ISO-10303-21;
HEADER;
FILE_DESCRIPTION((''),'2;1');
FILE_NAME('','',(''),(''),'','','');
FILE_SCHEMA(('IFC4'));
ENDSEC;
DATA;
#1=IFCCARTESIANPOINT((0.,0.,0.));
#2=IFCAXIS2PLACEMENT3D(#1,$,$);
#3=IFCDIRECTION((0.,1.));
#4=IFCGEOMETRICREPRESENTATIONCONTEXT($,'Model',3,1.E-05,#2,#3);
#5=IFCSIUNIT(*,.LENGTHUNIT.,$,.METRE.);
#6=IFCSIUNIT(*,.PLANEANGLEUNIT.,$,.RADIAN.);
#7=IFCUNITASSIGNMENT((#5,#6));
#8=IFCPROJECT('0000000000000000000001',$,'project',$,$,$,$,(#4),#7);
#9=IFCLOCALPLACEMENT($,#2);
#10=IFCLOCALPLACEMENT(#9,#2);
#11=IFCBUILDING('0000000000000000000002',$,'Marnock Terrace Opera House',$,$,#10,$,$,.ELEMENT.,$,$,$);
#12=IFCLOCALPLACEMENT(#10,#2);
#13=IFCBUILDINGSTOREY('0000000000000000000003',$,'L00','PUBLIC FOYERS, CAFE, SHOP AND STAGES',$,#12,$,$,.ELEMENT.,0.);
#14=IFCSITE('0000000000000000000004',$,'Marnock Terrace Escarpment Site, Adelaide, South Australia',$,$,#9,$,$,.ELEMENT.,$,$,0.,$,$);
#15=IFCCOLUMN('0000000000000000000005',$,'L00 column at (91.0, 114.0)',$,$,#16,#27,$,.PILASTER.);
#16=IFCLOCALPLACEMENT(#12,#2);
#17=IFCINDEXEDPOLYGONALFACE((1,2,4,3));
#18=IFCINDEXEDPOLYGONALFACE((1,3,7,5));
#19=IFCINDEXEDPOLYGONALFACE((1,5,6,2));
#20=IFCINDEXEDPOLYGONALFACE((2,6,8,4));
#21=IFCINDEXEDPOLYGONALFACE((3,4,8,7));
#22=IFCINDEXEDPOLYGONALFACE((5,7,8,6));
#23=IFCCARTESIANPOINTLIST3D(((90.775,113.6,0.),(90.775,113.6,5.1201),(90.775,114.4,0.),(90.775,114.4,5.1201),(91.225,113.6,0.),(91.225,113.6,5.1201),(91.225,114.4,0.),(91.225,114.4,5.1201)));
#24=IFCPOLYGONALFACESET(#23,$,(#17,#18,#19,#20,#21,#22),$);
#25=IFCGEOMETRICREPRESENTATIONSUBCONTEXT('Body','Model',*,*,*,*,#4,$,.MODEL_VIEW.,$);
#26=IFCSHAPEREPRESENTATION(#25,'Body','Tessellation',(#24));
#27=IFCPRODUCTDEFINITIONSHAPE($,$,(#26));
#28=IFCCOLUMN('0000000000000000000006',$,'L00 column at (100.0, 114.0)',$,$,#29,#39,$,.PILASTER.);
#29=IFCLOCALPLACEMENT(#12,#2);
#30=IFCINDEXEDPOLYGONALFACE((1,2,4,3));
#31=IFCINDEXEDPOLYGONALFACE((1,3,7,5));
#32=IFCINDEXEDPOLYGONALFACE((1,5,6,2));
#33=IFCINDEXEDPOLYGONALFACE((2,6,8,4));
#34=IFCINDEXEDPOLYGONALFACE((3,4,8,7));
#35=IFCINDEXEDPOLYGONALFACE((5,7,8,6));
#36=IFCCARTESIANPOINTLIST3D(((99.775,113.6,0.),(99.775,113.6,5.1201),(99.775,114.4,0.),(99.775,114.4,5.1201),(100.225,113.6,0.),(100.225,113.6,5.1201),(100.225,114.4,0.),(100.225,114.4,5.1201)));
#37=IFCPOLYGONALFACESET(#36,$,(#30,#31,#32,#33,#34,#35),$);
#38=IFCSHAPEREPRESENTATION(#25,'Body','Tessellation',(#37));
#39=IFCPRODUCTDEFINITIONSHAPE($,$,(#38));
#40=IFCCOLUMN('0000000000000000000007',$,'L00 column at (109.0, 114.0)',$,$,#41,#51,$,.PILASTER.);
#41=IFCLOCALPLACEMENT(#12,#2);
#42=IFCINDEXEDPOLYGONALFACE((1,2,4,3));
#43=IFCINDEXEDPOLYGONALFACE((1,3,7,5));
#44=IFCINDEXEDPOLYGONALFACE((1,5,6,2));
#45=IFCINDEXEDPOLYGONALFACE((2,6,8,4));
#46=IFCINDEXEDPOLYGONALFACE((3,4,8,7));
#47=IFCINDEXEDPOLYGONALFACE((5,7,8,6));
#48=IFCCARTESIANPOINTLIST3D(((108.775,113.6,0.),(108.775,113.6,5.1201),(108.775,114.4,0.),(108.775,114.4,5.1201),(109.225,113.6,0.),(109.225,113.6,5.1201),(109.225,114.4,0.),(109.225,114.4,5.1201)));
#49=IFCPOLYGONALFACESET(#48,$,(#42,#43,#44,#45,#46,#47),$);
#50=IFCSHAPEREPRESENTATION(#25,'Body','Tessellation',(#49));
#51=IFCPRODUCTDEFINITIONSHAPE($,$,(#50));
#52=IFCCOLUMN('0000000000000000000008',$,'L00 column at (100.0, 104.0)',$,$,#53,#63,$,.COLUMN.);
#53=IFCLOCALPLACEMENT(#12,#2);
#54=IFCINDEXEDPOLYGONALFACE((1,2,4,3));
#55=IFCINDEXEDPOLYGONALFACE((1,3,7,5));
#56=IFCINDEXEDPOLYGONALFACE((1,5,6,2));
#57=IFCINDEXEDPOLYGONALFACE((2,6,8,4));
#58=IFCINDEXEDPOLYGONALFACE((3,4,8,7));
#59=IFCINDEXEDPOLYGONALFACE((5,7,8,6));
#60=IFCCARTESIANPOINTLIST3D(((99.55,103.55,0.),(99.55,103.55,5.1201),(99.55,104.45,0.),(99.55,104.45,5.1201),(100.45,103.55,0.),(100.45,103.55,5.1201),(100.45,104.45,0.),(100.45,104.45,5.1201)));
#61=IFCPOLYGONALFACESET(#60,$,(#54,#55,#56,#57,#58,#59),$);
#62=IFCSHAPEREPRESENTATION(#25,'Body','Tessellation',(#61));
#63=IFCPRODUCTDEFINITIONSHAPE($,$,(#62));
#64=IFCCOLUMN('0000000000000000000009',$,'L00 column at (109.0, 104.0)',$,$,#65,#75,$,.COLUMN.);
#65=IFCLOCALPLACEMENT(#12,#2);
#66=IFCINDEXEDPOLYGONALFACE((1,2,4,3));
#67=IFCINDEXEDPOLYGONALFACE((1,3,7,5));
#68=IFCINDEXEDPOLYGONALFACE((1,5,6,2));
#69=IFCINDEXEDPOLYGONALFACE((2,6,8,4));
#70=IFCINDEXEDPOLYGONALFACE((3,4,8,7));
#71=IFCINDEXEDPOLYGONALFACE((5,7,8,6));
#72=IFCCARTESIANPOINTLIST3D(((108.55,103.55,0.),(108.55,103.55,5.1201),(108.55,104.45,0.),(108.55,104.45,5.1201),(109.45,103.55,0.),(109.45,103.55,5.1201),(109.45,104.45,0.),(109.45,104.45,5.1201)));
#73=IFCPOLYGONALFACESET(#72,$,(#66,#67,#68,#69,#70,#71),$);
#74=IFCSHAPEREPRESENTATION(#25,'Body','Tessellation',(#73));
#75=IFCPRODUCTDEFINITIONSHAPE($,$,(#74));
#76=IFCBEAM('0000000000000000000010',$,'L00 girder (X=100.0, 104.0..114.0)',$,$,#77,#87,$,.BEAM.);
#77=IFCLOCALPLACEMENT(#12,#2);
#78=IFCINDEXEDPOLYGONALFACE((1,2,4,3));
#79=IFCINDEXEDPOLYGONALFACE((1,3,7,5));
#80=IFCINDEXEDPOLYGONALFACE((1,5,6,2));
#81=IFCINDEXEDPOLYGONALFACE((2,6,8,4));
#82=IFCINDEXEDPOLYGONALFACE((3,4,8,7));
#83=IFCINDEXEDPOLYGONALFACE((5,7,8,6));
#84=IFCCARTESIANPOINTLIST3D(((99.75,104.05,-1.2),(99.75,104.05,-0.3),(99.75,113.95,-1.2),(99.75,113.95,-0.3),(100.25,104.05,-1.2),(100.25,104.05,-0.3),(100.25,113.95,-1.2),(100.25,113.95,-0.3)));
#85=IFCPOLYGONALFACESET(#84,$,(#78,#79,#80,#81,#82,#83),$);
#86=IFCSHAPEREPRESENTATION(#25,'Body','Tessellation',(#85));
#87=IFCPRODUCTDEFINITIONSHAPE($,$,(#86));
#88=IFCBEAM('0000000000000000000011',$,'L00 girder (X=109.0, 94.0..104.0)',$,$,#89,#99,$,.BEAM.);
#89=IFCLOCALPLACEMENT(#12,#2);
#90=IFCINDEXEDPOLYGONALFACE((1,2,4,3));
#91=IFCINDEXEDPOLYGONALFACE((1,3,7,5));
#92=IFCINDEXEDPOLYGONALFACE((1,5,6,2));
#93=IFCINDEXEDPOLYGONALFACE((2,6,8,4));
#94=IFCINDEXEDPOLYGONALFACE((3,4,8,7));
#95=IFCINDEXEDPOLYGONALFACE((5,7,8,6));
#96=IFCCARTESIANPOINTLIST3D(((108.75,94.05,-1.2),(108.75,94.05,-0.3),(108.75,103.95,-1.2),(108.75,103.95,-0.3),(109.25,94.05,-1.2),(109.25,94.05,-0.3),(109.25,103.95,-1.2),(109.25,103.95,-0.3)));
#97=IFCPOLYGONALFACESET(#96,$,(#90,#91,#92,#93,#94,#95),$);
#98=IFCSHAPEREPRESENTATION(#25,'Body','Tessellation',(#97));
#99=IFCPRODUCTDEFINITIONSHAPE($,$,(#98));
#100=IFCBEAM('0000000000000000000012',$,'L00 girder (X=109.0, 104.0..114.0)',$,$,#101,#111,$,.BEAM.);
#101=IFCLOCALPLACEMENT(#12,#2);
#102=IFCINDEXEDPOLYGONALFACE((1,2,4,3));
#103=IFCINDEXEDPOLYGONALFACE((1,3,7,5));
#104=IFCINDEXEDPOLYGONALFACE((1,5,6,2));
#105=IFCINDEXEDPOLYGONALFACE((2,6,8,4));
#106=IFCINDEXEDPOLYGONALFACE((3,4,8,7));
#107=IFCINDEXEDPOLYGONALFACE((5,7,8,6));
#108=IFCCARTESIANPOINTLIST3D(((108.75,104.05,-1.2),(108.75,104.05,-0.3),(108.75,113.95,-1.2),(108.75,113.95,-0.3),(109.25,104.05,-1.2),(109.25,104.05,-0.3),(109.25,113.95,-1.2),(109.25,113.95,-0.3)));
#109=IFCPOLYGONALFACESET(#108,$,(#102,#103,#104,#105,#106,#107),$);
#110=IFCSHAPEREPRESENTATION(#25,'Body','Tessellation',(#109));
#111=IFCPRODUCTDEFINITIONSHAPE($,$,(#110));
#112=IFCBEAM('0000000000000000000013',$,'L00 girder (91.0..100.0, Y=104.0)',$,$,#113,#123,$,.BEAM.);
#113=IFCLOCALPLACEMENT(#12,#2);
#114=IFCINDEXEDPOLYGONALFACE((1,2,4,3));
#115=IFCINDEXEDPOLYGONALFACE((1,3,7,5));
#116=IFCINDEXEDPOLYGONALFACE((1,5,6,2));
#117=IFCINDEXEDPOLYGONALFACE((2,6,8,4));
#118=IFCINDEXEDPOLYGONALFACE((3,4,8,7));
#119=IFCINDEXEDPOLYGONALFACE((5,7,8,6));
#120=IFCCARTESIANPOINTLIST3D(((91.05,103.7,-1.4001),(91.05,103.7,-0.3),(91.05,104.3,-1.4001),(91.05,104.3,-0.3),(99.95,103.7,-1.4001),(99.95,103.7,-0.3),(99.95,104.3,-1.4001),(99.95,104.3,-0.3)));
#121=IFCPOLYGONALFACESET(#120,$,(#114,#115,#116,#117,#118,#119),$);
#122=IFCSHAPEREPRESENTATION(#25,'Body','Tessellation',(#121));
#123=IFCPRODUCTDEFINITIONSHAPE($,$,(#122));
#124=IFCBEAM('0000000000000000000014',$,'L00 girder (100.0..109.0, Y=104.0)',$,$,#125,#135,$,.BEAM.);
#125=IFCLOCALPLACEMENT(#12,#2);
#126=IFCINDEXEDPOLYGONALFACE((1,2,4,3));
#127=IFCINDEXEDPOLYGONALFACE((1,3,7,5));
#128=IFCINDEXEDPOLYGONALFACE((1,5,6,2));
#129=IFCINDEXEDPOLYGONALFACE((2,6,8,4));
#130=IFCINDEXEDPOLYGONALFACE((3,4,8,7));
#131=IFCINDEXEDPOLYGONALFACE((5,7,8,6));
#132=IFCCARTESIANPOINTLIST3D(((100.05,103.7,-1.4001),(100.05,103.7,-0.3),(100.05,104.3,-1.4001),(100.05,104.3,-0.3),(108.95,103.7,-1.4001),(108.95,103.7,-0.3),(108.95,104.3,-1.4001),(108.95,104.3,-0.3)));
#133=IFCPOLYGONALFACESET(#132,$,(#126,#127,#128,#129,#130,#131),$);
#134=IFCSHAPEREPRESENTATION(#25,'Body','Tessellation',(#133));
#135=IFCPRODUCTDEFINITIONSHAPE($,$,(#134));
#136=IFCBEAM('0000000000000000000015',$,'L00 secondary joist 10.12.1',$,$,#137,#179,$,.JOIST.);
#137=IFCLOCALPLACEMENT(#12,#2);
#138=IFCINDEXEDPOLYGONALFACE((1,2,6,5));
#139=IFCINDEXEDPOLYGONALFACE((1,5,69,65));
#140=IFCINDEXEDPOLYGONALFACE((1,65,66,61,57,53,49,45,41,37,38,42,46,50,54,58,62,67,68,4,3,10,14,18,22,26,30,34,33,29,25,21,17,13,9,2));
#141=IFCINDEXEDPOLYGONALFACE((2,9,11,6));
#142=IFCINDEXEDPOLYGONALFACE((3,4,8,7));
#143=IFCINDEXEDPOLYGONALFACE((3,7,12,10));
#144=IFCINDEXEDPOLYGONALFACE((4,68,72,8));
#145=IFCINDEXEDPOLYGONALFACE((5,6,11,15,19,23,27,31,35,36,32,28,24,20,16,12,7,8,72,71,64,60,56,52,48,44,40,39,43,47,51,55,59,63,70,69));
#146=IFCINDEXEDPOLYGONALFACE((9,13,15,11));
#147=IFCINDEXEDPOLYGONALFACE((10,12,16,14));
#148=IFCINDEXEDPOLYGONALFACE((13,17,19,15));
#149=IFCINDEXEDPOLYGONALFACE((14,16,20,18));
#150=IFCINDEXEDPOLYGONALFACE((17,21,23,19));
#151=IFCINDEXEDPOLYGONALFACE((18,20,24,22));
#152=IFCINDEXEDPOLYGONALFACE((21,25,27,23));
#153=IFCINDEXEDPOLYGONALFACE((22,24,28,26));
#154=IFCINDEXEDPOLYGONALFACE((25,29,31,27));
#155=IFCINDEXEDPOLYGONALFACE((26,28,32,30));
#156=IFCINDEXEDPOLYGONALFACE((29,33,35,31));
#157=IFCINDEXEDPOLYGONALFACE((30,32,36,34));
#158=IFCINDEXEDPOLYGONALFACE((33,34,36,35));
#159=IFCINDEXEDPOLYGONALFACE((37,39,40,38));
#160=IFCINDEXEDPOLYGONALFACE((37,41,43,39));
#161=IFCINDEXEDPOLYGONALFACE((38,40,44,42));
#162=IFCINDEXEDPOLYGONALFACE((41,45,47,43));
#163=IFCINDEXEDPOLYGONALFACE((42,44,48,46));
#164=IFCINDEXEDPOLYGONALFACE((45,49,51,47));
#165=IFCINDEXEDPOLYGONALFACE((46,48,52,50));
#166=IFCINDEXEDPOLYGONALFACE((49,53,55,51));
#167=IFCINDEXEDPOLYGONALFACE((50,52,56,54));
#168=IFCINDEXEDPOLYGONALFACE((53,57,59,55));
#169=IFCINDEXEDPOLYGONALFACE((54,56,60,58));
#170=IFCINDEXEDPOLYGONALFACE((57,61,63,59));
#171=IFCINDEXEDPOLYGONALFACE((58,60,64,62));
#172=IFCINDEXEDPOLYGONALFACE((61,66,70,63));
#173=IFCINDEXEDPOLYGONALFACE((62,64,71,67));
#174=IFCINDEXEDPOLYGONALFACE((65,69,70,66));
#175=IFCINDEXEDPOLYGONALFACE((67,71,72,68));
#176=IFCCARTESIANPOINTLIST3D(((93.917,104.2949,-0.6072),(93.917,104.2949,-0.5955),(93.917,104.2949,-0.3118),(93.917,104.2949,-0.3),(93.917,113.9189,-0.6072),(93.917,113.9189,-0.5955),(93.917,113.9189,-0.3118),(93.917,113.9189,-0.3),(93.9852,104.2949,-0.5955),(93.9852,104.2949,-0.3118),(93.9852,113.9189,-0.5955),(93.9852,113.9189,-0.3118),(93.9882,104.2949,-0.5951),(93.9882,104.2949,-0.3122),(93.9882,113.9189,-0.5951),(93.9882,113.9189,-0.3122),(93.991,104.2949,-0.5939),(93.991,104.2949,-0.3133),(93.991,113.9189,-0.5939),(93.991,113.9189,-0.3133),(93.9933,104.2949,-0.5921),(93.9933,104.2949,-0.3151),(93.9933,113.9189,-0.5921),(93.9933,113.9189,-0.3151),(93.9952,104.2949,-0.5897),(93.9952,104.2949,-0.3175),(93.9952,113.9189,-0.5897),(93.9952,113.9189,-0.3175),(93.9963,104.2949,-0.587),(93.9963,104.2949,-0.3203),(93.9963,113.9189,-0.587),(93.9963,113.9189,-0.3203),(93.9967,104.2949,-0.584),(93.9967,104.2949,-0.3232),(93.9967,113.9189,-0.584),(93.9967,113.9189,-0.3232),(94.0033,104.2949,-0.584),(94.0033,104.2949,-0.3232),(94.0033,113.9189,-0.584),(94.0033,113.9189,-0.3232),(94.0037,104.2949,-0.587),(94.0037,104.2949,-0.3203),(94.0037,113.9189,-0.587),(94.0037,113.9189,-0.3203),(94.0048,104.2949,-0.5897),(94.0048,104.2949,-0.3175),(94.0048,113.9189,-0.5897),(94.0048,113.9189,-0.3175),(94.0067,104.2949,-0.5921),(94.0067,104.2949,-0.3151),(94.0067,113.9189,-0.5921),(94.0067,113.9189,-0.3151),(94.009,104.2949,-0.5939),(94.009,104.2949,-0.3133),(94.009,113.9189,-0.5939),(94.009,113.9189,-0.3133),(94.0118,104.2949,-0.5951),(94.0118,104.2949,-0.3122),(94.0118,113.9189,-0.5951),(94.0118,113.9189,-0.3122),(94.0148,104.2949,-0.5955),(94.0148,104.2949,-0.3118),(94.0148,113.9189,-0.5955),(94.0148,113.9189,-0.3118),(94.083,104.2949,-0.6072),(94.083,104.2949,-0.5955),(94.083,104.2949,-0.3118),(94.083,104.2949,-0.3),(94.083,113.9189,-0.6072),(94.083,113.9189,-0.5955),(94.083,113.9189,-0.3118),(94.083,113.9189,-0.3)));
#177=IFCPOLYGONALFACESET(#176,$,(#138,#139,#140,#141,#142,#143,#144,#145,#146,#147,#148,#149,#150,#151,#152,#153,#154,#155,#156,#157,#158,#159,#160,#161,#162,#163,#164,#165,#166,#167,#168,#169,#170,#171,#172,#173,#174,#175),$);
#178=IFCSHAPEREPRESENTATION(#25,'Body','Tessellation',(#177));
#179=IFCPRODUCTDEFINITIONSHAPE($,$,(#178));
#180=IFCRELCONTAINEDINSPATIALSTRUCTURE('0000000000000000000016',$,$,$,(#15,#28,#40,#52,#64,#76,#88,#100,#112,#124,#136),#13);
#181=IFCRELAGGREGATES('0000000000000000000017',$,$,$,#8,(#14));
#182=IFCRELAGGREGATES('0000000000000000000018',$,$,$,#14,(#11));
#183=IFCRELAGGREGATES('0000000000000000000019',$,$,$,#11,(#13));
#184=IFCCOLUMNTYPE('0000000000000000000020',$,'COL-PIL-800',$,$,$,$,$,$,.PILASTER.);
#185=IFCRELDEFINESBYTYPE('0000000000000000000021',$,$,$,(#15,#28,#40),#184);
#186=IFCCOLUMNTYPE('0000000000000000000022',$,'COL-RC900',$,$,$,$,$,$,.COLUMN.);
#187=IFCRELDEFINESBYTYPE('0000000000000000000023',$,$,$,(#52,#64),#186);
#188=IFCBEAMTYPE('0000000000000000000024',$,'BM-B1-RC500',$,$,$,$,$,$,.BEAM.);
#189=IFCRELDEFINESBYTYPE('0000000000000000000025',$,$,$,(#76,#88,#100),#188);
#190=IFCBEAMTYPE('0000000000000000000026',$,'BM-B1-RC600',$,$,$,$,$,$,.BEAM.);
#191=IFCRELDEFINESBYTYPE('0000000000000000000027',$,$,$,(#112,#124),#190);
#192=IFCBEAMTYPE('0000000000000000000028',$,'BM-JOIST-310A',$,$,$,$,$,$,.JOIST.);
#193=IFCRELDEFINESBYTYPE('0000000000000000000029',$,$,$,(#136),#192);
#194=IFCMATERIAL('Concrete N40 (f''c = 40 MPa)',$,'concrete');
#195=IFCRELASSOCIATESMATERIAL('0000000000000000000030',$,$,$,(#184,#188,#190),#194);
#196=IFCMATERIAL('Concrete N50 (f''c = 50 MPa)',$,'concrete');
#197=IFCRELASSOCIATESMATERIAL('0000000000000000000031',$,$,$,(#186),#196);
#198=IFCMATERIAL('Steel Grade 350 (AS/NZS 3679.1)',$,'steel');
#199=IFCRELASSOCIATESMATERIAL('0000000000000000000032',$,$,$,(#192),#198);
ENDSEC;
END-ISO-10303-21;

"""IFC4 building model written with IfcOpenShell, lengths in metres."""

from ifc_helpers import new_model, si_unit, direction, frame, origin, origin_2d, place, context, subcontext, project, spatial, rectangle, i_section, extrude, material, material_profile, profile_set, type_object, element, save


model = new_model("IFC4")

# Units and contexts
model_context = context("Model", 3, precision=1e-05, world=origin(), true_north=direction((0.0, 1.0)))
body_context = subcontext(model_context, "Body", "Model", "MODEL_VIEW")
ifc_project = project(units=[si_unit("LENGTHUNIT", "METRE"), si_unit("PLANEANGLEUNIT", "RADIAN")], contexts=[model_context])

# Site, building, storey
site_placement = place(None, origin())
site = spatial("IfcSite", under=ifc_project, at=site_placement, Name="Marnock Terrace Escarpment Site, Adelaide, South Australia", CompositionType="ELEMENT", RefElevation=0.0)
building_placement = place(site_placement, origin())
building = spatial("IfcBuilding", under=site, at=building_placement, Name="Marnock Terrace Opera House", CompositionType="ELEMENT")
storey_placement = place(building_placement, origin())
storey = spatial("IfcBuildingStorey", under=building, at=storey_placement, Name="L00", Description="PUBLIC FOYERS, CAFE, SHOP AND STAGES", CompositionType="ELEMENT", Elevation=0.0)

# Columns
ifc_material_1 = material(Name="Concrete N40 (f'c = 40 MPa)", Category="concrete")
ifc_material_profile_1 = material_profile(ifc_material_1, rectangle(XDim=0.45, YDim=0.8, at=origin_2d()))
ifc_profile_set_1 = profile_set([ifc_material_profile_1], Name="Concrete N40 (f'c = 40 MPa)")
column_type_1 = type_object("IfcColumnType", Name="COL-PIL-800", PredefinedType="PILASTER", material=ifc_profile_set_1)
for number, where, z_axis, x_axis, name in (
    (1, (91.0, 114.0, 0.0), (0.0, 0.0, 1.0), (1.0, 0.0, 0.0), "L00 column at (91.0, 114.0)"),
    (2, (100.0, 114.0, 0.0), (0.0, 0.0, 1.0), (1.0, 0.0, 0.0), "L00 column at (100.0, 114.0)"),
    (3, (109.0, 114.0, 0.0), (0.0, 0.0, 1.0), (1.0, 0.0, 0.0), "L00 column at (109.0, 114.0)"),
):
    element("IfcColumn", number, at=place(storey_placement, frame(where, z_axis=z_axis, x_axis=x_axis)), inside=storey, type_object=column_type_1, Name=name, PredefinedType="PILASTER", context=body_context, shape_type="SweptSolid", body=[
        extrude(rectangle(XDim=0.45, YDim=0.8, at=origin_2d()), origin(), (0.0, 0.0, 1.0), 5.1201),
    ])
ifc_material_2 = material(Name="Concrete N50 (f'c = 50 MPa)", Category="concrete")
ifc_material_profile_2 = material_profile(ifc_material_2, rectangle(XDim=0.8999, YDim=0.8999, at=origin_2d()))
ifc_profile_set_2 = profile_set([ifc_material_profile_2], Name="Concrete N50 (f'c = 50 MPa)")
column_type_2 = type_object("IfcColumnType", Name="COL-RC900", PredefinedType="COLUMN", material=ifc_profile_set_2)
for number, where, z_axis, x_axis, name in (
    (4, (100.0, 104.0, 0.0), (0.0, 0.0, 1.0), (1.0, 0.0, 0.0), "L00 column at (100.0, 104.0)"),
    (5, (109.0, 104.0, 0.0), (0.0, 0.0, 1.0), (1.0, 0.0, 0.0), "L00 column at (109.0, 104.0)"),
):
    element("IfcColumn", number, at=place(storey_placement, frame(where, z_axis=z_axis, x_axis=x_axis)), inside=storey, type_object=column_type_2, Name=name, PredefinedType="COLUMN", context=body_context, shape_type="SweptSolid", body=[
        extrude(rectangle(XDim=0.8999, YDim=0.8999, at=origin_2d()), origin(), (0.0, 0.0, 1.0), 5.1201),
    ])

# Beams
ifc_material_profile_3 = material_profile(ifc_material_1, rectangle(XDim=0.5, YDim=0.8999, at=origin_2d()))
ifc_profile_set_3 = profile_set([ifc_material_profile_3], Name="Concrete N40 (f'c = 40 MPa)")
beam_type_1 = type_object("IfcBeamType", Name="BM-B1-RC500", PredefinedType="BEAM", material=ifc_profile_set_3)
for number, where, z_axis, x_axis, name in (
    (6, (100.0, 104.05, -0.75), (0.0, 1.0, 0.0), (-1.0, 0.0, 0.0), "L00 girder (X=100.0, 104.0..114.0)"),
    (7, (109.0, 94.05, -0.75), (0.0, 1.0, 0.0), (-1.0, 0.0, 0.0), "L00 girder (X=109.0, 94.0..104.0)"),
    (8, (109.0, 104.05, -0.75), (0.0, 1.0, 0.0), (-1.0, 0.0, 0.0), "L00 girder (X=109.0, 104.0..114.0)"),
):
    element("IfcBeam", number, at=place(storey_placement, frame(where, z_axis=z_axis, x_axis=x_axis)), inside=storey, type_object=beam_type_1, Name=name, PredefinedType="BEAM", context=body_context, shape_type="SweptSolid", body=[
        extrude(rectangle(XDim=0.5, YDim=0.8999, at=origin_2d()), origin(), (0.0, 0.0, 1.0), 9.8999),
    ])
ifc_material_profile_4 = material_profile(ifc_material_1, rectangle(XDim=0.6001, YDim=1.1001, at=origin_2d()))
ifc_profile_set_4 = profile_set([ifc_material_profile_4], Name="Concrete N40 (f'c = 40 MPa)")
beam_type_2 = type_object("IfcBeamType", Name="BM-B1-RC600", PredefinedType="BEAM", material=ifc_profile_set_4)
for number, where, z_axis, x_axis, name in (
    (9, (91.05, 104.0, -0.8501), (1.0, 0.0, 0.0), (0.0, 1.0, 0.0), "L00 girder (91.0..100.0, Y=104.0)"),
    (10, (100.05, 104.0, -0.8501), (1.0, 0.0, 0.0), (0.0, 1.0, 0.0), "L00 girder (100.0..109.0, Y=104.0)"),
):
    element("IfcBeam", number, at=place(storey_placement, frame(where, z_axis=z_axis, x_axis=x_axis)), inside=storey, type_object=beam_type_2, Name=name, PredefinedType="BEAM", context=body_context, shape_type="SweptSolid", body=[
        extrude(rectangle(XDim=0.6001, YDim=1.1001, at=origin_2d()), origin(), (0.0, 0.0, 1.0), 8.8999),
    ])
ifc_material_3 = material(Name="Steel Grade 350 (AS/NZS 3679.1)", Category="steel")
ifc_material_profile_5 = material_profile(ifc_material_3, i_section(OverallWidth=0.166, OverallDepth=0.3071, WebThickness=0.0066, FlangeThickness=0.0117, FilletRadius=0.0115, at=origin_2d()))
ifc_profile_set_5 = profile_set([ifc_material_profile_5], Name="Steel Grade 350 (AS/NZS 3679.1)")
beam_type_3 = type_object("IfcBeamType", Name="BM-JOIST-310A", PredefinedType="JOIST", material=ifc_profile_set_5)
for number, where, z_axis, x_axis, name in (
    (11, (94.0, 104.2949, -0.4536), (0.0, 1.0, 0.0), (-1.0, 0.0, 0.0), "L00 secondary joist 10.12.1"),
):
    element("IfcBeam", number, at=place(storey_placement, frame(where, z_axis=z_axis, x_axis=x_axis)), inside=storey, type_object=beam_type_3, Name=name, PredefinedType="JOIST", context=body_context, shape_type="SweptSolid", body=[
        extrude(i_section(OverallWidth=0.166, OverallDepth=0.3071, WebThickness=0.0066, FlangeThickness=0.0117, FilletRadius=0.0115, at=origin_2d()), origin(), (0.0, 0.0, 1.0), 9.624),
    ])

save(model, "model.ifc")
